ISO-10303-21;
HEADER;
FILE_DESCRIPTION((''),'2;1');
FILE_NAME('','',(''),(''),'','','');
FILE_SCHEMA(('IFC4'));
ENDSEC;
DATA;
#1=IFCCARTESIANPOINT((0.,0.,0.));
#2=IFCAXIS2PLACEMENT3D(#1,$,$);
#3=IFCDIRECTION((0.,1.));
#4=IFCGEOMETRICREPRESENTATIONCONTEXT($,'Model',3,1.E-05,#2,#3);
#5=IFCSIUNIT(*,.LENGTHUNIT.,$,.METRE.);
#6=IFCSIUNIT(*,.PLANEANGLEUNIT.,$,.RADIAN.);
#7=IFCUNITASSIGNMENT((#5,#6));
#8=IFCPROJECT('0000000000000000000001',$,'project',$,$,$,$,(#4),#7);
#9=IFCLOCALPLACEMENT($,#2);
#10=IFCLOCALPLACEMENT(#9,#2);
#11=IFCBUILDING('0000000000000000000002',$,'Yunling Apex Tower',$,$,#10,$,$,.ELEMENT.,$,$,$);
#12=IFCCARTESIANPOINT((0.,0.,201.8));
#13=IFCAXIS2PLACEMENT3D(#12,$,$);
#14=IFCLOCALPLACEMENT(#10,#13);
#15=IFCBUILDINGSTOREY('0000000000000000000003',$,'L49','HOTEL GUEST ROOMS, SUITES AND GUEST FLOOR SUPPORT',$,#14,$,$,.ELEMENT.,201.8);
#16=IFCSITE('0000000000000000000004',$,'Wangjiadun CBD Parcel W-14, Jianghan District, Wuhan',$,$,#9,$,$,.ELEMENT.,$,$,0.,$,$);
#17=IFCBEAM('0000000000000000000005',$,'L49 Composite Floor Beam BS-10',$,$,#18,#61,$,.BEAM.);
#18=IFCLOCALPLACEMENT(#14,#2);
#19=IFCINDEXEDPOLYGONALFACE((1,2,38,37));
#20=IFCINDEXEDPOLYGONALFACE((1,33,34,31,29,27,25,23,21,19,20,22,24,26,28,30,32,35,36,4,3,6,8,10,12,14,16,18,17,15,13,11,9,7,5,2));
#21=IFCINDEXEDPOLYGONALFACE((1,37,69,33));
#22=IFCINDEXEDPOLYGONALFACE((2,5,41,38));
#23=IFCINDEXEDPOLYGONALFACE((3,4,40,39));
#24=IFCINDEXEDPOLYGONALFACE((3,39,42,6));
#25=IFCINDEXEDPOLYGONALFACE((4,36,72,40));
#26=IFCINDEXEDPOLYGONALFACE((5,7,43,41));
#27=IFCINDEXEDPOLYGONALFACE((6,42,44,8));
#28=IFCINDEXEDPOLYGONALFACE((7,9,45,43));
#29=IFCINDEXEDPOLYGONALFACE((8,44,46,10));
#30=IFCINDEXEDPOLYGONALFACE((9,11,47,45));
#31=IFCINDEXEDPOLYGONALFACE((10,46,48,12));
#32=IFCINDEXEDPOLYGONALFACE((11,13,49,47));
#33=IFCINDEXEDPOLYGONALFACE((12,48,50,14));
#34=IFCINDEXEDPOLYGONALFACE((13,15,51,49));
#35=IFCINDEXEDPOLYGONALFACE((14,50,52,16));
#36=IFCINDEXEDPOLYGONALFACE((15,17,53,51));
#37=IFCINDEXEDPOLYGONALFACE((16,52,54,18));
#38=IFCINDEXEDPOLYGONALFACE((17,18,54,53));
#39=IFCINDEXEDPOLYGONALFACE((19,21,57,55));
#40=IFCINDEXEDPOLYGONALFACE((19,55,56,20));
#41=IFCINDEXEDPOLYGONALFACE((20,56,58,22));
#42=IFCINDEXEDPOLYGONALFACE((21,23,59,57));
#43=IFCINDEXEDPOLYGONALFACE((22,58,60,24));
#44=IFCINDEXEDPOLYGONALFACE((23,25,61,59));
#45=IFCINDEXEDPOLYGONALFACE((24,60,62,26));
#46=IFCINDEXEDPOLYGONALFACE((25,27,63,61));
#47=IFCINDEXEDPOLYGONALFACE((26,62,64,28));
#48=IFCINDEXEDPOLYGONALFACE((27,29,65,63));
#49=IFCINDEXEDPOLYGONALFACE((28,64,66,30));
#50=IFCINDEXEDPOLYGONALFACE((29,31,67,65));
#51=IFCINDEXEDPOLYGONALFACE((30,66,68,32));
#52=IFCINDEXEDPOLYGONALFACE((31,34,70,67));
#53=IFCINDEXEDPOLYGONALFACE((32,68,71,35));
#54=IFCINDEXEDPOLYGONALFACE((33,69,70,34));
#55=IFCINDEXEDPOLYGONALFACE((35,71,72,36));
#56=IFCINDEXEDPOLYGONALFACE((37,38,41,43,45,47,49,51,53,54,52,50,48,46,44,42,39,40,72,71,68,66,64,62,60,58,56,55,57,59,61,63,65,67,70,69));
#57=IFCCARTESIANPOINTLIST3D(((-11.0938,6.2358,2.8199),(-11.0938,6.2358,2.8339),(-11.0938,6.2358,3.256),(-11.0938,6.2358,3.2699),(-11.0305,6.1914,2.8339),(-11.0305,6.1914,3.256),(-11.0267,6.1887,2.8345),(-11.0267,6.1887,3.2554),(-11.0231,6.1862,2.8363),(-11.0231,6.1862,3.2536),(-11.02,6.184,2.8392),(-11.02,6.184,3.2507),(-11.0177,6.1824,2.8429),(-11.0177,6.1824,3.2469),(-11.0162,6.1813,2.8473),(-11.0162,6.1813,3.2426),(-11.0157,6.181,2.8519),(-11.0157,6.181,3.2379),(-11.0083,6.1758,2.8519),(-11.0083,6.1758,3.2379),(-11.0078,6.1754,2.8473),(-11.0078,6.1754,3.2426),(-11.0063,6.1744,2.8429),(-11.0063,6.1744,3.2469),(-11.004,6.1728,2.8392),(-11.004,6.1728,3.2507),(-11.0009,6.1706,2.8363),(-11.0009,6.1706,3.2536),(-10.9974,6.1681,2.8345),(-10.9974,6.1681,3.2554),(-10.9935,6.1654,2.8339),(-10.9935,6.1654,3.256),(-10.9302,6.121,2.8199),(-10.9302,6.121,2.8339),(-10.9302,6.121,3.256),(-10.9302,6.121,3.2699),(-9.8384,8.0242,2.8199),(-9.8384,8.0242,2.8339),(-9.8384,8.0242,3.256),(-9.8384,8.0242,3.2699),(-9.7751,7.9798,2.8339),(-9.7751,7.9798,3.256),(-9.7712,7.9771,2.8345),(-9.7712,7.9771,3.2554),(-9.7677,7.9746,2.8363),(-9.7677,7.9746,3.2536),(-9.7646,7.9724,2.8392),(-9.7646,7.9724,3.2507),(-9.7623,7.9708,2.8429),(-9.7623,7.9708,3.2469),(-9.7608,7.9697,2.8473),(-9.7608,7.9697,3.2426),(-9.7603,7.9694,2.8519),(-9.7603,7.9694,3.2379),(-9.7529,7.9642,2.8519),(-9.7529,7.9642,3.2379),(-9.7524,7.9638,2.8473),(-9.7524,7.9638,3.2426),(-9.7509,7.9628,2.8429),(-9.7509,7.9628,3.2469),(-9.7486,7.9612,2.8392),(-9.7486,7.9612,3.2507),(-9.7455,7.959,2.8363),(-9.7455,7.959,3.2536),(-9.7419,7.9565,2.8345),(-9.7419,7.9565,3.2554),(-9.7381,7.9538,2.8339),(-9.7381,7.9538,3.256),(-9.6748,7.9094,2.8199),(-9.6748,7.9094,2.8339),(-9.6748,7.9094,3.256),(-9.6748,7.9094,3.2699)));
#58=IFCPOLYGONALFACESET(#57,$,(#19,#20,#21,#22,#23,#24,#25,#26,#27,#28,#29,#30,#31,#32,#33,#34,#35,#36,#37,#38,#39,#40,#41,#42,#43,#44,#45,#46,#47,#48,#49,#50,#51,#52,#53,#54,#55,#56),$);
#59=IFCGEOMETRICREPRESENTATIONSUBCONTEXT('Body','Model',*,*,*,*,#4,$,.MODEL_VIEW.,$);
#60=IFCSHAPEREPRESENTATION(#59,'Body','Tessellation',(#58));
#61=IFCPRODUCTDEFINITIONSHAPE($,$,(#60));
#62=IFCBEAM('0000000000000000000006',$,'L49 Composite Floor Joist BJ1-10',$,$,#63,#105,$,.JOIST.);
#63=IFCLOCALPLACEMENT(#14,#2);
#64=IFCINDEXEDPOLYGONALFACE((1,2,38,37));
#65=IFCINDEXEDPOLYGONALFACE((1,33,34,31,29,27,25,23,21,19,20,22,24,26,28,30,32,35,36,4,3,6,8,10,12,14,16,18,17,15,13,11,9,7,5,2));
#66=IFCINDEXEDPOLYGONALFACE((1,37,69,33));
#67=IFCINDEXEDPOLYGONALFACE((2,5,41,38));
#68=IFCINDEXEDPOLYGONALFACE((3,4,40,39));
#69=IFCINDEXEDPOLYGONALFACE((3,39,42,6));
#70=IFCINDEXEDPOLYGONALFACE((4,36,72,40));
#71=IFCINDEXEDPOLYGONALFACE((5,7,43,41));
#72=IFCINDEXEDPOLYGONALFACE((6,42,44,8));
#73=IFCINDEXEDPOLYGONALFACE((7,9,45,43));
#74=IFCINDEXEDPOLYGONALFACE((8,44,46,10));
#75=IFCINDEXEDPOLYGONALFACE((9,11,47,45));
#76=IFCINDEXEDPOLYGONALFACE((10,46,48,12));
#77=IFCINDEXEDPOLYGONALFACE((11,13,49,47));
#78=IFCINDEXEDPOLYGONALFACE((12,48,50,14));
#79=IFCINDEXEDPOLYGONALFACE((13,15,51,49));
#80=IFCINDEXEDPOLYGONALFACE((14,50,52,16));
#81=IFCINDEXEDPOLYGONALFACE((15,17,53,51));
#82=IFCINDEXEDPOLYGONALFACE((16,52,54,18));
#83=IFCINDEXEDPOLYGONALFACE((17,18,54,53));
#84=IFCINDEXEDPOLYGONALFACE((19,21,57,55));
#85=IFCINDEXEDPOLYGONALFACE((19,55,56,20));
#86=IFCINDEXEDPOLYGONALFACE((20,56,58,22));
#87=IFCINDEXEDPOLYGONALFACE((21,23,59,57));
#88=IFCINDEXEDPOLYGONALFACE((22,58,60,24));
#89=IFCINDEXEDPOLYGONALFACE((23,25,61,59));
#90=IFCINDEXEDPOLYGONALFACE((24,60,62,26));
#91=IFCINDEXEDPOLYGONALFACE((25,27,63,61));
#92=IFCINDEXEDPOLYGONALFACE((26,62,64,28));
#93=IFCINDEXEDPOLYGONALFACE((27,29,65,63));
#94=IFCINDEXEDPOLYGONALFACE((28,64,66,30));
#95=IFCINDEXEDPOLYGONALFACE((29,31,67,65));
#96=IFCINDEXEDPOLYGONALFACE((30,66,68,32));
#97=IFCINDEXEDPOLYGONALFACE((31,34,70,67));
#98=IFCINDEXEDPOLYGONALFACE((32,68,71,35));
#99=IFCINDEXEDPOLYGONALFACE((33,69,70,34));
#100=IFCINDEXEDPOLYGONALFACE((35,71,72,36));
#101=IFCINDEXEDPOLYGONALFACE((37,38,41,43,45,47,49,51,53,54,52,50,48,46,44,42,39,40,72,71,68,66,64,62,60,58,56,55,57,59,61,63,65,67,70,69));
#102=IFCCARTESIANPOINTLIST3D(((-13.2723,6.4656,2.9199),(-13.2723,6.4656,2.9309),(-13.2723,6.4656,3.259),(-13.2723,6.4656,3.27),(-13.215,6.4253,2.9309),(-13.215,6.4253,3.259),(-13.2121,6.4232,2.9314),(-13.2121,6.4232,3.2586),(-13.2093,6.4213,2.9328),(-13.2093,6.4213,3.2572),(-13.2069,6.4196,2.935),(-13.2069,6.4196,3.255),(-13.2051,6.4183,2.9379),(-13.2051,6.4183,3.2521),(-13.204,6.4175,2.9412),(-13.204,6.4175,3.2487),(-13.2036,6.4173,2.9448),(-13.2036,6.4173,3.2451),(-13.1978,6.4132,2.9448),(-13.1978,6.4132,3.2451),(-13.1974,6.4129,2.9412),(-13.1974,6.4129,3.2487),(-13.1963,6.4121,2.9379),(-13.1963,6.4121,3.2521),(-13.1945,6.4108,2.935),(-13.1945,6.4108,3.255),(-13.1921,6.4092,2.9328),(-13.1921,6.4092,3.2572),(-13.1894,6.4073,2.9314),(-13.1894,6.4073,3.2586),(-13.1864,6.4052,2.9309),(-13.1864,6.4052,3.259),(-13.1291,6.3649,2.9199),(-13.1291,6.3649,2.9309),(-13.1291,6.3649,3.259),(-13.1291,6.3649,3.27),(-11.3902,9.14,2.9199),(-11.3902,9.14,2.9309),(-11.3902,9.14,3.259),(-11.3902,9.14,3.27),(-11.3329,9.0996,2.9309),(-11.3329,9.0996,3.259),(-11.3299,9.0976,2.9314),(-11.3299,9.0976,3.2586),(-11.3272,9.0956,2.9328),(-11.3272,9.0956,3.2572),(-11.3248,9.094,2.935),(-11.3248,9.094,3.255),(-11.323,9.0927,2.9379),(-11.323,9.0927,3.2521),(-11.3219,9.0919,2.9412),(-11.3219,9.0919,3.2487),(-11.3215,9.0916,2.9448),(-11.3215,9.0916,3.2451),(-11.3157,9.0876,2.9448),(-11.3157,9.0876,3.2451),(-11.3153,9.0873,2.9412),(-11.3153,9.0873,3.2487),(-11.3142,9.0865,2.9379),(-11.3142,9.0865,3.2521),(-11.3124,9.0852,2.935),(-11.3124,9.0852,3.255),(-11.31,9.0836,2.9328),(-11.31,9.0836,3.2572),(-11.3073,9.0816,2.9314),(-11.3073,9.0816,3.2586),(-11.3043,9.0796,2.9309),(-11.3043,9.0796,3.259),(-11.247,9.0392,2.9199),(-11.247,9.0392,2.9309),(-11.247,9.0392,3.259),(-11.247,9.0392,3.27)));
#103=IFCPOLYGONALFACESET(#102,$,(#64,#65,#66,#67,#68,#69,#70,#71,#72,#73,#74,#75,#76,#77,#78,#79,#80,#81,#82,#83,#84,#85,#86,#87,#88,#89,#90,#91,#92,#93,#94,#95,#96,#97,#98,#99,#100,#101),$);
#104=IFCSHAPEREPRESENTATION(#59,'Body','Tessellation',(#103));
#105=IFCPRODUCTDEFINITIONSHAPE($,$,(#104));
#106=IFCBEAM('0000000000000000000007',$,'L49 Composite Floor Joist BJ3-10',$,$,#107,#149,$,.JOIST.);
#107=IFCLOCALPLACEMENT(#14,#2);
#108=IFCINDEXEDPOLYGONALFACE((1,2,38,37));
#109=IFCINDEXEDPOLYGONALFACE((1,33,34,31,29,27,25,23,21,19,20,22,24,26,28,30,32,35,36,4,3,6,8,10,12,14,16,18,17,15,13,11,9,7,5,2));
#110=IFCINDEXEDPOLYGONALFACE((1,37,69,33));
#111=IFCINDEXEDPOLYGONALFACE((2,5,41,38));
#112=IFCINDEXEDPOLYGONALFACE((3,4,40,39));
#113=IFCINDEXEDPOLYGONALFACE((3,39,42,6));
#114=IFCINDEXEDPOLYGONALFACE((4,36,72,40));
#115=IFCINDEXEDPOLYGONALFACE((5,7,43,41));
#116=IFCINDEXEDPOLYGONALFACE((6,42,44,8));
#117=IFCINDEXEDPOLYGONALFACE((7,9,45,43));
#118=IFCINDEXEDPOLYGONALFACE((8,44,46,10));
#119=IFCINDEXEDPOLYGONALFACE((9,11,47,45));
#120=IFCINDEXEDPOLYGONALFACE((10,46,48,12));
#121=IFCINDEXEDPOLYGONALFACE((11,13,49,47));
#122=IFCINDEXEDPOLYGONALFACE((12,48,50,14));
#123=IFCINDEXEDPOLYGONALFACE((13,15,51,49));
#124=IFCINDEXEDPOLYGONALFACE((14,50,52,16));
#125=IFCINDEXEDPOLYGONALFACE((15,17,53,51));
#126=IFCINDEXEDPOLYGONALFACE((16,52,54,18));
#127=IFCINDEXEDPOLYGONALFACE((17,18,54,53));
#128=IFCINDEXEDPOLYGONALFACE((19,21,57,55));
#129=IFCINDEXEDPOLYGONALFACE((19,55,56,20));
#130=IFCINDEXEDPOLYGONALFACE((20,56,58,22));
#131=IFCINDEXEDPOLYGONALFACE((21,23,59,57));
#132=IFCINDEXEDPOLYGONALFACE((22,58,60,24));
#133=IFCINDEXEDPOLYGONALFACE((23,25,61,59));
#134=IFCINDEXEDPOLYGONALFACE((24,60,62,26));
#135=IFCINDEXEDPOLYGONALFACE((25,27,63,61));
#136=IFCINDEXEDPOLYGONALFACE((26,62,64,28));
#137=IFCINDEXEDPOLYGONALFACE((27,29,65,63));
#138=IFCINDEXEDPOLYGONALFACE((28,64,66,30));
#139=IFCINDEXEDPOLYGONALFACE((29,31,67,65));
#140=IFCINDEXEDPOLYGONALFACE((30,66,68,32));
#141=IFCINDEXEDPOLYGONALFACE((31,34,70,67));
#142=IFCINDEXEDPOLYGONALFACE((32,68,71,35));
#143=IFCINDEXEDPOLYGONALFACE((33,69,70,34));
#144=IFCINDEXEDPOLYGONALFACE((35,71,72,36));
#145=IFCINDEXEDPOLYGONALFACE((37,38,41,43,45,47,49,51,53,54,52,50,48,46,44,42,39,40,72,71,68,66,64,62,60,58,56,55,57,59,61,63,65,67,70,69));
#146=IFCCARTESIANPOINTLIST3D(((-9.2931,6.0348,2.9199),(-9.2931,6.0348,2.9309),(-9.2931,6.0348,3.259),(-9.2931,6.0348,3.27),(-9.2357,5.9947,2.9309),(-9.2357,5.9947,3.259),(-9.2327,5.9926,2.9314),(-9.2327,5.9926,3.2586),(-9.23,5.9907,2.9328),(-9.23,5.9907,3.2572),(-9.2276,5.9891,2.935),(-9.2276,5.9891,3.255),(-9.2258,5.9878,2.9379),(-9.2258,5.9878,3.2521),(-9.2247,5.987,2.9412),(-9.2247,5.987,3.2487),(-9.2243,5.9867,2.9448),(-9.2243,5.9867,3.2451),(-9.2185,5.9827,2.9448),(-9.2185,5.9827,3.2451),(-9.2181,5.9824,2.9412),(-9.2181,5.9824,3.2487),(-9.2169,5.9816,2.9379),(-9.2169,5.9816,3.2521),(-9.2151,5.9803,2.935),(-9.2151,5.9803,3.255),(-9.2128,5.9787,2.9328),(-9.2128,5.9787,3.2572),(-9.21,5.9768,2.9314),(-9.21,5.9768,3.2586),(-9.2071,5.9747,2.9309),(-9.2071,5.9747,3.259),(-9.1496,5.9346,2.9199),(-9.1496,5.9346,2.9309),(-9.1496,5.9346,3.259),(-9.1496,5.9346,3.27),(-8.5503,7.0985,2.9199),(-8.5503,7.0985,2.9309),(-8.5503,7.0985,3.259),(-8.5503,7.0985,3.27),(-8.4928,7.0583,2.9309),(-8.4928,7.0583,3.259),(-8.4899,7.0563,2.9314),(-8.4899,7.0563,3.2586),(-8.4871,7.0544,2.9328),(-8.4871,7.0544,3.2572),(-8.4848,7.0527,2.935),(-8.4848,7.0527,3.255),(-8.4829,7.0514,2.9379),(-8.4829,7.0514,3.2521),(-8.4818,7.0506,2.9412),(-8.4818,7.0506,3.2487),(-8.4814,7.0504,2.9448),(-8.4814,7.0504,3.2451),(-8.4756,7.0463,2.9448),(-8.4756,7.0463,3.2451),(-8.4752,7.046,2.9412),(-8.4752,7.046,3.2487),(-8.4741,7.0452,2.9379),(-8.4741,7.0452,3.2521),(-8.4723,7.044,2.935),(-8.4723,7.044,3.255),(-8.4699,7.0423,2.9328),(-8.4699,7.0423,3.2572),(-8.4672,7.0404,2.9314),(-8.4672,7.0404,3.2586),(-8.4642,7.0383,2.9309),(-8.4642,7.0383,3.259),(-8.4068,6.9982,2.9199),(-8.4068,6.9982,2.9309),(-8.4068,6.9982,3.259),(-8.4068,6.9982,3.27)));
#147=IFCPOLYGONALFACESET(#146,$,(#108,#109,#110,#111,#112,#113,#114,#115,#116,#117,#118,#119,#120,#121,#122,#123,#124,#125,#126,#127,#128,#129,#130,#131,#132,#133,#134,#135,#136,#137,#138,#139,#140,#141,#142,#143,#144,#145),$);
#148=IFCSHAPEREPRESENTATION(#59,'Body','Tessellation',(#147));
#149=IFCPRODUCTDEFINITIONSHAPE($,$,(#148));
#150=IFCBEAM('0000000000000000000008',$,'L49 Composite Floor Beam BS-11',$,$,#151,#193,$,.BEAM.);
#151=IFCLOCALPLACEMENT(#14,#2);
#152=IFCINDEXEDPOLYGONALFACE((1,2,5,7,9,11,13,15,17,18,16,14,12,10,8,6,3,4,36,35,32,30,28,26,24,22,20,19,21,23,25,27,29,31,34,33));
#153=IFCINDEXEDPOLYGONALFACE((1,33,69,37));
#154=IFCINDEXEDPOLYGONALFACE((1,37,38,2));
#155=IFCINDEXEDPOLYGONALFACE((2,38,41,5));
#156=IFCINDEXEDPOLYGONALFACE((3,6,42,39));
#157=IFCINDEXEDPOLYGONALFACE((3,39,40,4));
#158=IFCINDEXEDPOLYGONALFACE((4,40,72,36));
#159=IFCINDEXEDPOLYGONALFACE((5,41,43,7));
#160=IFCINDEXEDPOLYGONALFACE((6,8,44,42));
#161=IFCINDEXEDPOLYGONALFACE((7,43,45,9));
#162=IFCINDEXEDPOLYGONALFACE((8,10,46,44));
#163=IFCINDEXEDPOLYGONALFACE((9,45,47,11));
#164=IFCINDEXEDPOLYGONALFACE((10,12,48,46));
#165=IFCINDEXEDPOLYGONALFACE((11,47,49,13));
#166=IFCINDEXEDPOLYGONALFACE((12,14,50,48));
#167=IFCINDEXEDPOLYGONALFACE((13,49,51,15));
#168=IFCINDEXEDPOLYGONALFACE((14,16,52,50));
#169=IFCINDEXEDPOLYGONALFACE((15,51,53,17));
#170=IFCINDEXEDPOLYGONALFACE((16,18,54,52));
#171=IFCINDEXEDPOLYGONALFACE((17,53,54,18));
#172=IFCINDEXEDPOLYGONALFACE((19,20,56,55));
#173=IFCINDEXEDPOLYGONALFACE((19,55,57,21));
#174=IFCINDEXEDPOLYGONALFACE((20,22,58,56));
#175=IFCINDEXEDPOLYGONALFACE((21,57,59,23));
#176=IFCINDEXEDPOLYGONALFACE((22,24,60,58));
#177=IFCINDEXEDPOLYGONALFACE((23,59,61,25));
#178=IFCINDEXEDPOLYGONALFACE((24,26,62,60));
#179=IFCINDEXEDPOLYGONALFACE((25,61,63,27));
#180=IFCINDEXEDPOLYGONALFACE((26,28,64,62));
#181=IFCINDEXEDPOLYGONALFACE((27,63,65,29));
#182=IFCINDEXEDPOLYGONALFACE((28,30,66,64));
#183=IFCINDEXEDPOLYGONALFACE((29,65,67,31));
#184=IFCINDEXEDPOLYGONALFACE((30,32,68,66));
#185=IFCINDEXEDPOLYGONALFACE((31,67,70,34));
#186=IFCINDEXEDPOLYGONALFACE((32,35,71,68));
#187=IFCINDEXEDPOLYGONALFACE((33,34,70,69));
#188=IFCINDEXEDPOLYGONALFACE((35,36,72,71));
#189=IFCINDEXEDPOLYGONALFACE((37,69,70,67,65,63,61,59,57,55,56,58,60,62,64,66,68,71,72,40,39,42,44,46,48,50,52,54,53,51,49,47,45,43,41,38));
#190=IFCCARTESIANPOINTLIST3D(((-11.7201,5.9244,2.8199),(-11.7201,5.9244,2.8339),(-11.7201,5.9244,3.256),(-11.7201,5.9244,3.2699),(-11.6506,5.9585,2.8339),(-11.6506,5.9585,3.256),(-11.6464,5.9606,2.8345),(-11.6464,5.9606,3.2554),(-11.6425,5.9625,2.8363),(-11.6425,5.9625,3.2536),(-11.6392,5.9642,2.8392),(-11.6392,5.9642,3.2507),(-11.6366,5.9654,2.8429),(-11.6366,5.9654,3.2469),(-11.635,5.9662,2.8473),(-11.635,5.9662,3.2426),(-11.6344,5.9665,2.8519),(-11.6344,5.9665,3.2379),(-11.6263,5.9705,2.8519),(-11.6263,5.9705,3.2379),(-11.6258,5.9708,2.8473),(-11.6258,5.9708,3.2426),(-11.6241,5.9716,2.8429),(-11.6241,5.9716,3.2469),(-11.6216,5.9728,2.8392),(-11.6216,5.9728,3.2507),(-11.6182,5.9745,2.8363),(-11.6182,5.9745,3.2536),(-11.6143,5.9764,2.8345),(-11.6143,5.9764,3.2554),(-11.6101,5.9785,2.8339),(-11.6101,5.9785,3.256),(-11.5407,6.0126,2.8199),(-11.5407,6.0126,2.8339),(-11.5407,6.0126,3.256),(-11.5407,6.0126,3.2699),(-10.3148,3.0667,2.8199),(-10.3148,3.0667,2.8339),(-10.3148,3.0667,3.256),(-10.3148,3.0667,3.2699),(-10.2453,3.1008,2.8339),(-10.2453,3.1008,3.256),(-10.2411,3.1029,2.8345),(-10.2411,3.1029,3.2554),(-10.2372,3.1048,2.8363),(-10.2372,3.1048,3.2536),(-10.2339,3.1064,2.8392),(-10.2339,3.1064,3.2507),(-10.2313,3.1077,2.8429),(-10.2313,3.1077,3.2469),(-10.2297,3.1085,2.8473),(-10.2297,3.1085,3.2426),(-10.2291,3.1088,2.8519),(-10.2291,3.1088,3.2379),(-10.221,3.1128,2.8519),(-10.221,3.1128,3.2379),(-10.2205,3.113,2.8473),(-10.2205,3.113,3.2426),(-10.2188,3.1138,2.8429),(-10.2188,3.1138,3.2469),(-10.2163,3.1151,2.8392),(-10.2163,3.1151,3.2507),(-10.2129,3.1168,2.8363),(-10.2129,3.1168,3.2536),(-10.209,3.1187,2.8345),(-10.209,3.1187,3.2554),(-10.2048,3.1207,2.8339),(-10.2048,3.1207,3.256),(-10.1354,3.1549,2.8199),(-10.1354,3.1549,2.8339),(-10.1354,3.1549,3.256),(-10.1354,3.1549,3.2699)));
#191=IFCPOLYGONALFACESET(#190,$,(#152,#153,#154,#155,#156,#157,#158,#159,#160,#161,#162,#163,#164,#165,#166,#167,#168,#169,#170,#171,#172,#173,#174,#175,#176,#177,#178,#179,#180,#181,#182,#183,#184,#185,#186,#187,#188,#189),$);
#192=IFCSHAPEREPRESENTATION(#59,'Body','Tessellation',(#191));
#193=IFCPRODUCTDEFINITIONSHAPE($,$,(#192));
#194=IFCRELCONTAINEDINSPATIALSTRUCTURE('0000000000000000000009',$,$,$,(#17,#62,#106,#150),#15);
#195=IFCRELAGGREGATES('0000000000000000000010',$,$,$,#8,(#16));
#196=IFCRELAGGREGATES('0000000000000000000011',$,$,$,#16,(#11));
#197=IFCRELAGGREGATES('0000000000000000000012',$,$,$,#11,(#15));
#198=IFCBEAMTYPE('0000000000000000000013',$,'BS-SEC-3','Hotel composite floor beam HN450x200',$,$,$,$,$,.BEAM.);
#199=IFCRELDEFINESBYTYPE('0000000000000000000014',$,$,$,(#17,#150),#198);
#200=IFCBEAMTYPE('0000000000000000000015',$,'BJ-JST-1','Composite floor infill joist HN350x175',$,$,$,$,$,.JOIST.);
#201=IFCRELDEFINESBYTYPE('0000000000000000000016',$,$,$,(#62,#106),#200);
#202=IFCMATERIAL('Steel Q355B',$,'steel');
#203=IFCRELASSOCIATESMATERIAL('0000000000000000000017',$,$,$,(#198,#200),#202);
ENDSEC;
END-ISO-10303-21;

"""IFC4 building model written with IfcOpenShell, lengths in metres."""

from ifc_helpers import new_model, si_unit, direction, frame, origin, origin_2d, place, context, subcontext, project, spatial, i_section, extrude, source, transform, mapped, material, material_profile, profile_set, type_object, element, save


model = new_model("IFC4")

# Units and contexts
model_context = context("Model", 3, precision=1e-05, world=origin(), true_north=direction((0.0, 1.0)))
body_context = subcontext(model_context, "Body", "Model", "MODEL_VIEW")
ifc_project = project(units=[si_unit("LENGTHUNIT", "METRE"), si_unit("PLANEANGLEUNIT", "RADIAN")], contexts=[model_context])

# Site, building, storey
site_placement = place(None, origin())
site = spatial("IfcSite", under=ifc_project, at=site_placement, Name="Wangjiadun CBD Parcel W-14, Jianghan District, Wuhan", CompositionType="ELEMENT", RefElevation=0.0)
building_placement = place(site_placement, origin())
building = spatial("IfcBuilding", under=site, at=building_placement, Name="Yunling Apex Tower", CompositionType="ELEMENT")
storey_placement = place(building_placement, frame((0.0, 0.0, 201.8)))
storey = spatial("IfcBuildingStorey", under=building, at=storey_placement, Name="L49", Description="HOTEL GUEST ROOMS, SUITES AND GUEST FLOOR SUPPORT", CompositionType="ELEMENT", Elevation=201.8)

# Beams
ifc_material_1 = material(Name="Steel Q355B", Category="steel")
ifc_material_profile_1 = material_profile(ifc_material_1, i_section(OverallWidth=0.2, OverallDepth=0.45, WebThickness=0.009, FlangeThickness=0.0139, FilletRadius=0.0181, at=origin_2d()))
ifc_profile_set_1 = profile_set([ifc_material_profile_1], Name="Steel Q355B")
beam_type_1 = type_object("IfcBeamType", Name="BS-SEC-3", Description="Hotel composite floor beam HN450x200", PredefinedType="BEAM", material=ifc_profile_set_1)
shared_shape_1 = source(origin(), body_context, "Body", "SweptSolid", [
    extrude(i_section(OverallWidth=0.2, OverallDepth=0.45, WebThickness=0.009, FlangeThickness=0.0139, FilletRadius=0.0181, at=origin_2d()), origin(), (0.0, 0.0, 1.0), 2.1851),
])
beam_1_placement = place(storey_placement, frame((-9.7566, 7.9668, 3.0449), z_axis=(-0.574549, -0.81847, 0.0), x_axis=(0.81847, -0.574549, 0.0)))
element("IfcBeam", 1, at=beam_1_placement, inside=storey, type_object=beam_type_1, Name="L49 Composite Floor Beam BS-10", PredefinedType="BEAM", context=body_context, shape_type="MappedRepresentation", body=[
    mapped(shared_shape_1, transform((0.0, 0.0, 0.0), scale=1.0)),
])
ifc_material_profile_2 = material_profile(ifc_material_1, i_section(OverallWidth=0.175, OverallDepth=0.3501, WebThickness=0.0071, FlangeThickness=0.011, FilletRadius=0.0139, at=origin_2d()))
ifc_profile_set_2 = profile_set([ifc_material_profile_2], Name="Steel Q355B")
beam_type_2 = type_object("IfcBeamType", Name="BJ-JST-1", Description="Composite floor infill joist HN350x175", PredefinedType="JOIST", material=ifc_profile_set_2)
shared_shape_2 = source(origin(), body_context, "Body", "SweptSolid", [
    extrude(i_section(OverallWidth=0.175, OverallDepth=0.3501, WebThickness=0.0071, FlangeThickness=0.011, FilletRadius=0.0139, at=origin_2d()), origin(), (0.0, 0.0, 1.0), 3.2703),
])
beam_2_placement = place(storey_placement, frame((-11.3186, 9.0896, 3.095), z_axis=(-0.575525, -0.817784, 0.0), x_axis=(0.817784, -0.575525, 0.0)))
element("IfcBeam", 2, at=beam_2_placement, inside=storey, type_object=beam_type_2, Name="L49 Composite Floor Joist BJ1-10", PredefinedType="JOIST", context=body_context, shape_type="MappedRepresentation", body=[
    mapped(shared_shape_2, transform((0.0, 0.0, 0.0), scale=1.0)),
])
shared_shape_3 = source(origin(), body_context, "Body", "SweptSolid", [
    extrude(i_section(OverallWidth=0.175, OverallDepth=0.3501, WebThickness=0.0071, FlangeThickness=0.011, FilletRadius=0.0139, at=origin_2d()), origin(), (0.0, 0.0, 1.0), 1.2974),
])
beam_3_placement = place(storey_placement, frame((-8.4785, 7.0483, 3.095), z_axis=(-0.572591, -0.819841, 0.0), x_axis=(0.819841, -0.572591, 0.0)))
element("IfcBeam", 3, at=beam_3_placement, inside=storey, type_object=beam_type_2, Name="L49 Composite Floor Joist BJ3-10", PredefinedType="JOIST", context=body_context, shape_type="MappedRepresentation", body=[
    mapped(shared_shape_3, transform((0.0, 0.0, 0.0), scale=1.0)),
])
shared_shape_4 = source(origin(), body_context, "Body", "SweptSolid", [
    extrude(i_section(OverallWidth=0.2, OverallDepth=0.45, WebThickness=0.009, FlangeThickness=0.0139, FilletRadius=0.0181, at=origin_2d()), origin(), (0.0, 0.0, 1.0), 3.1846),
])
beam_4_placement = place(storey_placement, frame((-11.6304, 5.9685, 3.0449), z_axis=(0.441285, -0.897367, 0.0), x_axis=(0.897367, 0.441285, 0.0)))
element("IfcBeam", 4, at=beam_4_placement, inside=storey, type_object=beam_type_1, Name="L49 Composite Floor Beam BS-11", PredefinedType="BEAM", context=body_context, shape_type="MappedRepresentation", body=[
    mapped(shared_shape_4, transform((0.0, 0.0, 0.0), scale=1.0)),
])

save(model, "model.ifc")
